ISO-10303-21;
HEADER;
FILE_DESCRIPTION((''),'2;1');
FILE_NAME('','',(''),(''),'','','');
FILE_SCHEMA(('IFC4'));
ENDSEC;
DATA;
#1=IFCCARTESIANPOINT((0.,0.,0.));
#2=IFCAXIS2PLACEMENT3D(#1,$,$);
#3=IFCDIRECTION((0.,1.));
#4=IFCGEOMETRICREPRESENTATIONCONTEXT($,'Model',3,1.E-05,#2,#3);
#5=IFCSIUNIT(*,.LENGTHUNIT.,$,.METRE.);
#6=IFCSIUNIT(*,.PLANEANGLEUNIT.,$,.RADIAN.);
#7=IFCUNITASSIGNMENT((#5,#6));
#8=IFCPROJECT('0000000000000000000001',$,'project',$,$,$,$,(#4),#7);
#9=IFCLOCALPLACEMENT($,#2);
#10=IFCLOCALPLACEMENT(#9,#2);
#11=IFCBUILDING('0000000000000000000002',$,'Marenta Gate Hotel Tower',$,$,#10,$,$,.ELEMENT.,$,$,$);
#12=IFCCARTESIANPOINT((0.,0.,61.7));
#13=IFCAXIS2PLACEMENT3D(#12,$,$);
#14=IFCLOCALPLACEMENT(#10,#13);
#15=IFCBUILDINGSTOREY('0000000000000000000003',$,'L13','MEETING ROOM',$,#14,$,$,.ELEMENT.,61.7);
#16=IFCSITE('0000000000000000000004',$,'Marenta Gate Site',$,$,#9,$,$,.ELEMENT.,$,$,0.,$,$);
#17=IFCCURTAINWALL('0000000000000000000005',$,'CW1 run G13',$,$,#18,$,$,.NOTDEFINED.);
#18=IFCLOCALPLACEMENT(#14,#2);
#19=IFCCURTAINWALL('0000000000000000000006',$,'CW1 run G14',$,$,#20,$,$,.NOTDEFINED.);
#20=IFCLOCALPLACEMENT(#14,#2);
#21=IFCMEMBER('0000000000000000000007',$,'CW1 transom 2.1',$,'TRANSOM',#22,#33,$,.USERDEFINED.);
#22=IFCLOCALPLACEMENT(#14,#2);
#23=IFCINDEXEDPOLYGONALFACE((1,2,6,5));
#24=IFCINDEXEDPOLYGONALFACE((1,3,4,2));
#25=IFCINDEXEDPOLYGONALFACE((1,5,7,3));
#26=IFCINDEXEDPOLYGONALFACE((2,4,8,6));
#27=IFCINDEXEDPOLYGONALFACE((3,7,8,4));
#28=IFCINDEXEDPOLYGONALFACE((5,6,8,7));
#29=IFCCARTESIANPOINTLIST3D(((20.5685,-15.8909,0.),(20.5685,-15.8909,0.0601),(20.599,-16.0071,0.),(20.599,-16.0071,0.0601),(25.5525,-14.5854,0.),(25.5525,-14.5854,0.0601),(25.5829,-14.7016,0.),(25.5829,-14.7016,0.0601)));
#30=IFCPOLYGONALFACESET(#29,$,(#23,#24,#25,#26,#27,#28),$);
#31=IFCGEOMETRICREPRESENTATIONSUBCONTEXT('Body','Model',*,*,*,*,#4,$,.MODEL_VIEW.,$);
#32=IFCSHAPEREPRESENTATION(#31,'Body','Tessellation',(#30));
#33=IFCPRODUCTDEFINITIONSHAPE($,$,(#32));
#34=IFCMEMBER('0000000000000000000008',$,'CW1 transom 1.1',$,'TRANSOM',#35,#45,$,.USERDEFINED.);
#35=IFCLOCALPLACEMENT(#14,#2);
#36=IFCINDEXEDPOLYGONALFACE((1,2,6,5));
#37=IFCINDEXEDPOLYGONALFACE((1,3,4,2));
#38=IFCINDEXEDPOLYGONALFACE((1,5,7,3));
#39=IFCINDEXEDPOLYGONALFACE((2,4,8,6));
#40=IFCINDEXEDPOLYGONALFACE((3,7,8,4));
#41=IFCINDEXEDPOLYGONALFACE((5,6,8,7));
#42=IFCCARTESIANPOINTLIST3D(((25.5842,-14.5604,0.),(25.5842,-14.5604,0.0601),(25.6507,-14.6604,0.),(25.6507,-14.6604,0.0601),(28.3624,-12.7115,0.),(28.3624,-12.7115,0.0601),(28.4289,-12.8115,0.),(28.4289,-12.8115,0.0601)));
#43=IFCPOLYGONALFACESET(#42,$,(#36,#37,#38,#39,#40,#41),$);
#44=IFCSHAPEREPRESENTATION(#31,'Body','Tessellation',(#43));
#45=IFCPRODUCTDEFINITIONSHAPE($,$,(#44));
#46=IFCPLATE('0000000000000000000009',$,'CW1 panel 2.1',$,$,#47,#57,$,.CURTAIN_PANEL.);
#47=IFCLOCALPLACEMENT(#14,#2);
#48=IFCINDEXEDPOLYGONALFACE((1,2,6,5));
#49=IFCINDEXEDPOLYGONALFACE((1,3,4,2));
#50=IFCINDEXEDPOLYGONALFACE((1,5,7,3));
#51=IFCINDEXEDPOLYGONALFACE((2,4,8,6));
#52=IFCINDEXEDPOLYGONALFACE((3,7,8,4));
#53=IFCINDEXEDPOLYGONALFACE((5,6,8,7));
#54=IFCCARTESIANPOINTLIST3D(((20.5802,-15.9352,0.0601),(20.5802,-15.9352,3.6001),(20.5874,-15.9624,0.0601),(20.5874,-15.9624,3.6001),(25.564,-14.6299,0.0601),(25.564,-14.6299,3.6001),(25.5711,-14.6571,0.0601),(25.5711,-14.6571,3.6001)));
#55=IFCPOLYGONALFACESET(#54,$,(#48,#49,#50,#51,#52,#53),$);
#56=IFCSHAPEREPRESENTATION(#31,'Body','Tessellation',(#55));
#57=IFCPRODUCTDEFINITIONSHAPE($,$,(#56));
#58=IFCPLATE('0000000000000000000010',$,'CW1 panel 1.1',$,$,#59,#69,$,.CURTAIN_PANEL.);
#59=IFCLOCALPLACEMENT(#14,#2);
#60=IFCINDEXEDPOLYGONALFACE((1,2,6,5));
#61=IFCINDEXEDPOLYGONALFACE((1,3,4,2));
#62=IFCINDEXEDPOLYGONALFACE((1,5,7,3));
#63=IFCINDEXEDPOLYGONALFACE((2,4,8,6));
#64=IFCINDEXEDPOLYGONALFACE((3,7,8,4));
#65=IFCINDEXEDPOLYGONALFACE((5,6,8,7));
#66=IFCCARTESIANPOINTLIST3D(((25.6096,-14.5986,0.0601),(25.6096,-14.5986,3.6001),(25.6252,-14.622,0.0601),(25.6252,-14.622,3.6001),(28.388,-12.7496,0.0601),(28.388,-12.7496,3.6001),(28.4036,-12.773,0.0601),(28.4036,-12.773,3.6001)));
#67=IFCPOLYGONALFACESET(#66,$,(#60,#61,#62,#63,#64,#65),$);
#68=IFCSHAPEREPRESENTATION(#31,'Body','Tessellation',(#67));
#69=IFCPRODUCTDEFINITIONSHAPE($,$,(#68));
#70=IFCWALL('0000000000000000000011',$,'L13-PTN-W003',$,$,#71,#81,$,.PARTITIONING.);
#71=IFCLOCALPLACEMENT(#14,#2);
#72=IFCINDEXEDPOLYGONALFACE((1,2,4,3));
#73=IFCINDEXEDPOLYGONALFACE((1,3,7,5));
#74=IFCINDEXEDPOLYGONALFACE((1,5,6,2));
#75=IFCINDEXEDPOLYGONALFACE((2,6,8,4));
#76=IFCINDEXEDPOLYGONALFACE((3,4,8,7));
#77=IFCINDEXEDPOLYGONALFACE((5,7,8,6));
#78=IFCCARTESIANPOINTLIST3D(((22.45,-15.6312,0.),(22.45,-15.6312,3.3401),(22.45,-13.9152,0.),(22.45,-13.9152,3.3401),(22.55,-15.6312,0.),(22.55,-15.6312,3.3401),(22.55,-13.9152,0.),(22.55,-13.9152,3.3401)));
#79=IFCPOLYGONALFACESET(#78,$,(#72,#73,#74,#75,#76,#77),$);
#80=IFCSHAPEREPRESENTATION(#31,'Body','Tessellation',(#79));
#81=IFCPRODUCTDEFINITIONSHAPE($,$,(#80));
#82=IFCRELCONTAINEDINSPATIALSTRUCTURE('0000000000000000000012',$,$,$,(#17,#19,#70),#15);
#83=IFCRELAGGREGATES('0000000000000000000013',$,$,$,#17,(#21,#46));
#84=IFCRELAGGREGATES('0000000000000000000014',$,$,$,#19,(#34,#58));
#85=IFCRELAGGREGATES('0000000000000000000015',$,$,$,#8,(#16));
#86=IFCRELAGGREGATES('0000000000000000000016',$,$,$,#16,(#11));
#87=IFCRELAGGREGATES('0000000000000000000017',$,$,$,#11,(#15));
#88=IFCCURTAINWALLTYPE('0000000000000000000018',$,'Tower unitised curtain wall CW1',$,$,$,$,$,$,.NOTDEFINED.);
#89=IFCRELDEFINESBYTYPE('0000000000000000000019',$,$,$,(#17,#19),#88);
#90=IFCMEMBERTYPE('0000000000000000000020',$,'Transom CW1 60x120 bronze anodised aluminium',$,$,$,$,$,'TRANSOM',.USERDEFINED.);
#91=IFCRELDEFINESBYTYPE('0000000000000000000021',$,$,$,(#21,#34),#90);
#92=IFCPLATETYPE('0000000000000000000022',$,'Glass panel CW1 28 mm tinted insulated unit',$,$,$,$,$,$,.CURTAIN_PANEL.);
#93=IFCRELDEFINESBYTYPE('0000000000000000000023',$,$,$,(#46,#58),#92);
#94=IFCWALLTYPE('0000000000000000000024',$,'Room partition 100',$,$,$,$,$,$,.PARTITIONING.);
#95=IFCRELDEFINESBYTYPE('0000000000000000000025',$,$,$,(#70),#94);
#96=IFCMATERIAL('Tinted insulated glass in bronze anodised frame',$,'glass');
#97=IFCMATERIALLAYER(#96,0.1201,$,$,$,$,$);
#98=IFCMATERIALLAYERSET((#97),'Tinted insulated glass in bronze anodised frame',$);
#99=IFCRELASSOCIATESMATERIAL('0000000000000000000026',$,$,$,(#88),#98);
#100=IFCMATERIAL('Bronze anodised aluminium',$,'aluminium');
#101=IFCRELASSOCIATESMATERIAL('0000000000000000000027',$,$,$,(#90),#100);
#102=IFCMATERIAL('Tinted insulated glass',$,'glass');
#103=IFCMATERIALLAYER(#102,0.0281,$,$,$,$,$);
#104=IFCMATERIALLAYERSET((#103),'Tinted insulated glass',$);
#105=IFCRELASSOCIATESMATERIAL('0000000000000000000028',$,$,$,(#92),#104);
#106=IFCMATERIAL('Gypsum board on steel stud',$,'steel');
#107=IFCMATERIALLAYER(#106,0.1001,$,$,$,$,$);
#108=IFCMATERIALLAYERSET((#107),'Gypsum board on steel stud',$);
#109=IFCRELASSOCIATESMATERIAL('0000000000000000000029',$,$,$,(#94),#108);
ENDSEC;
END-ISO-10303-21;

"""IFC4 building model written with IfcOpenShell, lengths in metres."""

from ifc_helpers import new_model, si_unit, direction, frame, frame_2d, origin, origin_2d, place, context, subcontext, project, spatial, rectangle, extrude, material, layer, layer_set, material_profile, profile_set, type_object, element, aggregate, save


model = new_model("IFC4")

# Units and contexts
model_context = context("Model", 3, precision=1e-05, world=origin(), true_north=direction((0.0, 1.0)))
body_context = subcontext(model_context, "Body", "Model", "MODEL_VIEW")
ifc_project = project(units=[si_unit("LENGTHUNIT", "METRE"), si_unit("PLANEANGLEUNIT", "RADIAN")], contexts=[model_context])

# Site, building, storey
site_placement = place(None, origin())
site = spatial("IfcSite", under=ifc_project, at=site_placement, Name="Marenta Gate Site", CompositionType="ELEMENT", RefElevation=0.0)
building_placement = place(site_placement, origin())
building = spatial("IfcBuilding", under=site, at=building_placement, Name="Marenta Gate Hotel Tower", CompositionType="ELEMENT")
storey_placement = place(building_placement, frame((0.0, 0.0, 61.7)))
storey = spatial("IfcBuildingStorey", under=building, at=storey_placement, Name="L13", Description="MEETING ROOM", CompositionType="ELEMENT", Elevation=61.7)

# Curtain walls
ifc_material_1 = material(Name="Tinted insulated glass in bronze anodised frame", Category="glass")
ifc_layer_1 = layer(ifc_material_1, 0.1201)
ifc_layer_set_1 = layer_set([ifc_layer_1], Name="Tinted insulated glass in bronze anodised frame")
curtain_wall_type = type_object("IfcCurtainWallType", Name="Tower unitised curtain wall CW1", PredefinedType="NOTDEFINED", material=ifc_layer_set_1)
curtain_wall_1_placement = place(storey_placement, origin())
curtain_wall_1 = element("IfcCurtainWall", 1, at=curtain_wall_1_placement, inside=storey, type_object=curtain_wall_type, Name="CW1 run G13", PredefinedType="NOTDEFINED")
curtain_wall_2_placement = place(storey_placement, origin())
curtain_wall_2 = element("IfcCurtainWall", 2, at=curtain_wall_2_placement, inside=storey, type_object=curtain_wall_type, Name="CW1 run G14", PredefinedType="NOTDEFINED")

# Members
ifc_material_2 = material(Name="Bronze anodised aluminium", Category="aluminium")
ifc_material_profile_1 = material_profile(ifc_material_2, rectangle(XDim=0.1201, YDim=0.0601, at=origin_2d()), Name="Transom CW1 60x120 bronze anodised aluminium")
ifc_profile_set_1 = profile_set([ifc_material_profile_1], Name="Bronze anodised aluminium")
member_type_1 = type_object("IfcMemberType", Name="Transom CW1 60x120 bronze anodised aluminium", ElementType="TRANSOM", PredefinedType="USERDEFINED", material=ifc_profile_set_1)
member_1_placement = place(storey_placement, frame((20.5837, -15.949, 0.03), z_axis=(0.967367, 0.253381, 0.0), x_axis=(-0.253381, 0.967367, 0.0)))
member_1 = element("IfcMember", 3, at=member_1_placement, type_object=member_type_1, Name="CW1 transom 2.1", ObjectType="TRANSOM", PredefinedType="USERDEFINED", context=body_context, shape_type="SweptSolid", body=[
    extrude(rectangle(XDim=0.1201, YDim=0.0601, at=origin_2d()), origin(), (0.0, 0.0, 1.0), 5.1521),
])
member_2_placement = place(storey_placement, frame((25.6174, -14.6104, 0.03), z_axis=(0.832511, 0.554008, 0.0), x_axis=(-0.554008, 0.832511, 0.0)))
member_2 = element("IfcMember", 4, at=member_2_placement, type_object=member_type_1, Name="CW1 transom 1.1", ObjectType="TRANSOM", PredefinedType="USERDEFINED", context=body_context, shape_type="SweptSolid", body=[
    extrude(rectangle(XDim=0.1201, YDim=0.0601, at=origin_2d()), origin(), (0.0, 0.0, 1.0), 3.3372),
])

# Plates
ifc_material_3 = material(Name="Tinted insulated glass", Category="glass")
ifc_layer_2 = layer(ifc_material_3, 0.0281)
ifc_layer_set_2 = layer_set([ifc_layer_2], Name="Tinted insulated glass")
plate_type = type_object("IfcPlateType", Name="Glass panel CW1 28 mm tinted insulated unit", PredefinedType="CURTAIN_PANEL", material=ifc_layer_set_2)
plate_1_placement = place(storey_placement, frame((23.0757, -15.2961, 0.0601), z_axis=(0.0, 0.0, 1.0), x_axis=(0.967371, 0.253364, 0.0)))
plate_1 = element("IfcPlate", 5, at=plate_1_placement, type_object=plate_type, Name="CW1 panel 2.1", PredefinedType="CURTAIN_PANEL", context=body_context, shape_type="SweptSolid", body=[
    extrude(rectangle(XDim=5.1519, YDim=0.0281, at=origin_2d()), origin(), (0.0, 0.0, 1.0), 3.54),
])
aggregate(curtain_wall_1, [member_1, plate_1])
plate_2_placement = place(storey_placement, frame((27.0066, -13.6858, 0.0601), z_axis=(0.0, 0.0, 1.0), x_axis=(0.832494, 0.554034, 0.0)))
plate_2 = element("IfcPlate", 6, at=plate_2_placement, type_object=plate_type, Name="CW1 panel 1.1", PredefinedType="CURTAIN_PANEL", context=body_context, shape_type="SweptSolid", body=[
    extrude(rectangle(XDim=3.3374, YDim=0.0281, at=origin_2d()), origin(), (0.0, 0.0, 1.0), 3.54),
])
aggregate(curtain_wall_2, [member_2, plate_2])

# Wall
ifc_material_4 = material(Name="Gypsum board on steel stud", Category="steel")
ifc_layer_3 = layer(ifc_material_4, 0.1001)
ifc_layer_set_3 = layer_set([ifc_layer_3], Name="Gypsum board on steel stud")
wall_type = type_object("IfcWallType", Name="Room partition 100", PredefinedType="PARTITIONING", material=ifc_layer_set_3)
wall_placement = place(storey_placement, frame((22.5, -15.6311, 0.0), z_axis=(0.0, 0.0, 1.0), x_axis=(0.0, 1.0, 0.0)))
element("IfcWall", 7, at=wall_placement, inside=storey, type_object=wall_type, Name="L13-PTN-W003", PredefinedType="PARTITIONING", context=body_context, shape_type="SweptSolid", body=[
    extrude(rectangle(XDim=1.7161, YDim=0.1001, at=frame_2d((0.8579, 0.0))), origin(), (0.0, 0.0, 1.0), 3.3401),
])

save(model, "model.ifc")
